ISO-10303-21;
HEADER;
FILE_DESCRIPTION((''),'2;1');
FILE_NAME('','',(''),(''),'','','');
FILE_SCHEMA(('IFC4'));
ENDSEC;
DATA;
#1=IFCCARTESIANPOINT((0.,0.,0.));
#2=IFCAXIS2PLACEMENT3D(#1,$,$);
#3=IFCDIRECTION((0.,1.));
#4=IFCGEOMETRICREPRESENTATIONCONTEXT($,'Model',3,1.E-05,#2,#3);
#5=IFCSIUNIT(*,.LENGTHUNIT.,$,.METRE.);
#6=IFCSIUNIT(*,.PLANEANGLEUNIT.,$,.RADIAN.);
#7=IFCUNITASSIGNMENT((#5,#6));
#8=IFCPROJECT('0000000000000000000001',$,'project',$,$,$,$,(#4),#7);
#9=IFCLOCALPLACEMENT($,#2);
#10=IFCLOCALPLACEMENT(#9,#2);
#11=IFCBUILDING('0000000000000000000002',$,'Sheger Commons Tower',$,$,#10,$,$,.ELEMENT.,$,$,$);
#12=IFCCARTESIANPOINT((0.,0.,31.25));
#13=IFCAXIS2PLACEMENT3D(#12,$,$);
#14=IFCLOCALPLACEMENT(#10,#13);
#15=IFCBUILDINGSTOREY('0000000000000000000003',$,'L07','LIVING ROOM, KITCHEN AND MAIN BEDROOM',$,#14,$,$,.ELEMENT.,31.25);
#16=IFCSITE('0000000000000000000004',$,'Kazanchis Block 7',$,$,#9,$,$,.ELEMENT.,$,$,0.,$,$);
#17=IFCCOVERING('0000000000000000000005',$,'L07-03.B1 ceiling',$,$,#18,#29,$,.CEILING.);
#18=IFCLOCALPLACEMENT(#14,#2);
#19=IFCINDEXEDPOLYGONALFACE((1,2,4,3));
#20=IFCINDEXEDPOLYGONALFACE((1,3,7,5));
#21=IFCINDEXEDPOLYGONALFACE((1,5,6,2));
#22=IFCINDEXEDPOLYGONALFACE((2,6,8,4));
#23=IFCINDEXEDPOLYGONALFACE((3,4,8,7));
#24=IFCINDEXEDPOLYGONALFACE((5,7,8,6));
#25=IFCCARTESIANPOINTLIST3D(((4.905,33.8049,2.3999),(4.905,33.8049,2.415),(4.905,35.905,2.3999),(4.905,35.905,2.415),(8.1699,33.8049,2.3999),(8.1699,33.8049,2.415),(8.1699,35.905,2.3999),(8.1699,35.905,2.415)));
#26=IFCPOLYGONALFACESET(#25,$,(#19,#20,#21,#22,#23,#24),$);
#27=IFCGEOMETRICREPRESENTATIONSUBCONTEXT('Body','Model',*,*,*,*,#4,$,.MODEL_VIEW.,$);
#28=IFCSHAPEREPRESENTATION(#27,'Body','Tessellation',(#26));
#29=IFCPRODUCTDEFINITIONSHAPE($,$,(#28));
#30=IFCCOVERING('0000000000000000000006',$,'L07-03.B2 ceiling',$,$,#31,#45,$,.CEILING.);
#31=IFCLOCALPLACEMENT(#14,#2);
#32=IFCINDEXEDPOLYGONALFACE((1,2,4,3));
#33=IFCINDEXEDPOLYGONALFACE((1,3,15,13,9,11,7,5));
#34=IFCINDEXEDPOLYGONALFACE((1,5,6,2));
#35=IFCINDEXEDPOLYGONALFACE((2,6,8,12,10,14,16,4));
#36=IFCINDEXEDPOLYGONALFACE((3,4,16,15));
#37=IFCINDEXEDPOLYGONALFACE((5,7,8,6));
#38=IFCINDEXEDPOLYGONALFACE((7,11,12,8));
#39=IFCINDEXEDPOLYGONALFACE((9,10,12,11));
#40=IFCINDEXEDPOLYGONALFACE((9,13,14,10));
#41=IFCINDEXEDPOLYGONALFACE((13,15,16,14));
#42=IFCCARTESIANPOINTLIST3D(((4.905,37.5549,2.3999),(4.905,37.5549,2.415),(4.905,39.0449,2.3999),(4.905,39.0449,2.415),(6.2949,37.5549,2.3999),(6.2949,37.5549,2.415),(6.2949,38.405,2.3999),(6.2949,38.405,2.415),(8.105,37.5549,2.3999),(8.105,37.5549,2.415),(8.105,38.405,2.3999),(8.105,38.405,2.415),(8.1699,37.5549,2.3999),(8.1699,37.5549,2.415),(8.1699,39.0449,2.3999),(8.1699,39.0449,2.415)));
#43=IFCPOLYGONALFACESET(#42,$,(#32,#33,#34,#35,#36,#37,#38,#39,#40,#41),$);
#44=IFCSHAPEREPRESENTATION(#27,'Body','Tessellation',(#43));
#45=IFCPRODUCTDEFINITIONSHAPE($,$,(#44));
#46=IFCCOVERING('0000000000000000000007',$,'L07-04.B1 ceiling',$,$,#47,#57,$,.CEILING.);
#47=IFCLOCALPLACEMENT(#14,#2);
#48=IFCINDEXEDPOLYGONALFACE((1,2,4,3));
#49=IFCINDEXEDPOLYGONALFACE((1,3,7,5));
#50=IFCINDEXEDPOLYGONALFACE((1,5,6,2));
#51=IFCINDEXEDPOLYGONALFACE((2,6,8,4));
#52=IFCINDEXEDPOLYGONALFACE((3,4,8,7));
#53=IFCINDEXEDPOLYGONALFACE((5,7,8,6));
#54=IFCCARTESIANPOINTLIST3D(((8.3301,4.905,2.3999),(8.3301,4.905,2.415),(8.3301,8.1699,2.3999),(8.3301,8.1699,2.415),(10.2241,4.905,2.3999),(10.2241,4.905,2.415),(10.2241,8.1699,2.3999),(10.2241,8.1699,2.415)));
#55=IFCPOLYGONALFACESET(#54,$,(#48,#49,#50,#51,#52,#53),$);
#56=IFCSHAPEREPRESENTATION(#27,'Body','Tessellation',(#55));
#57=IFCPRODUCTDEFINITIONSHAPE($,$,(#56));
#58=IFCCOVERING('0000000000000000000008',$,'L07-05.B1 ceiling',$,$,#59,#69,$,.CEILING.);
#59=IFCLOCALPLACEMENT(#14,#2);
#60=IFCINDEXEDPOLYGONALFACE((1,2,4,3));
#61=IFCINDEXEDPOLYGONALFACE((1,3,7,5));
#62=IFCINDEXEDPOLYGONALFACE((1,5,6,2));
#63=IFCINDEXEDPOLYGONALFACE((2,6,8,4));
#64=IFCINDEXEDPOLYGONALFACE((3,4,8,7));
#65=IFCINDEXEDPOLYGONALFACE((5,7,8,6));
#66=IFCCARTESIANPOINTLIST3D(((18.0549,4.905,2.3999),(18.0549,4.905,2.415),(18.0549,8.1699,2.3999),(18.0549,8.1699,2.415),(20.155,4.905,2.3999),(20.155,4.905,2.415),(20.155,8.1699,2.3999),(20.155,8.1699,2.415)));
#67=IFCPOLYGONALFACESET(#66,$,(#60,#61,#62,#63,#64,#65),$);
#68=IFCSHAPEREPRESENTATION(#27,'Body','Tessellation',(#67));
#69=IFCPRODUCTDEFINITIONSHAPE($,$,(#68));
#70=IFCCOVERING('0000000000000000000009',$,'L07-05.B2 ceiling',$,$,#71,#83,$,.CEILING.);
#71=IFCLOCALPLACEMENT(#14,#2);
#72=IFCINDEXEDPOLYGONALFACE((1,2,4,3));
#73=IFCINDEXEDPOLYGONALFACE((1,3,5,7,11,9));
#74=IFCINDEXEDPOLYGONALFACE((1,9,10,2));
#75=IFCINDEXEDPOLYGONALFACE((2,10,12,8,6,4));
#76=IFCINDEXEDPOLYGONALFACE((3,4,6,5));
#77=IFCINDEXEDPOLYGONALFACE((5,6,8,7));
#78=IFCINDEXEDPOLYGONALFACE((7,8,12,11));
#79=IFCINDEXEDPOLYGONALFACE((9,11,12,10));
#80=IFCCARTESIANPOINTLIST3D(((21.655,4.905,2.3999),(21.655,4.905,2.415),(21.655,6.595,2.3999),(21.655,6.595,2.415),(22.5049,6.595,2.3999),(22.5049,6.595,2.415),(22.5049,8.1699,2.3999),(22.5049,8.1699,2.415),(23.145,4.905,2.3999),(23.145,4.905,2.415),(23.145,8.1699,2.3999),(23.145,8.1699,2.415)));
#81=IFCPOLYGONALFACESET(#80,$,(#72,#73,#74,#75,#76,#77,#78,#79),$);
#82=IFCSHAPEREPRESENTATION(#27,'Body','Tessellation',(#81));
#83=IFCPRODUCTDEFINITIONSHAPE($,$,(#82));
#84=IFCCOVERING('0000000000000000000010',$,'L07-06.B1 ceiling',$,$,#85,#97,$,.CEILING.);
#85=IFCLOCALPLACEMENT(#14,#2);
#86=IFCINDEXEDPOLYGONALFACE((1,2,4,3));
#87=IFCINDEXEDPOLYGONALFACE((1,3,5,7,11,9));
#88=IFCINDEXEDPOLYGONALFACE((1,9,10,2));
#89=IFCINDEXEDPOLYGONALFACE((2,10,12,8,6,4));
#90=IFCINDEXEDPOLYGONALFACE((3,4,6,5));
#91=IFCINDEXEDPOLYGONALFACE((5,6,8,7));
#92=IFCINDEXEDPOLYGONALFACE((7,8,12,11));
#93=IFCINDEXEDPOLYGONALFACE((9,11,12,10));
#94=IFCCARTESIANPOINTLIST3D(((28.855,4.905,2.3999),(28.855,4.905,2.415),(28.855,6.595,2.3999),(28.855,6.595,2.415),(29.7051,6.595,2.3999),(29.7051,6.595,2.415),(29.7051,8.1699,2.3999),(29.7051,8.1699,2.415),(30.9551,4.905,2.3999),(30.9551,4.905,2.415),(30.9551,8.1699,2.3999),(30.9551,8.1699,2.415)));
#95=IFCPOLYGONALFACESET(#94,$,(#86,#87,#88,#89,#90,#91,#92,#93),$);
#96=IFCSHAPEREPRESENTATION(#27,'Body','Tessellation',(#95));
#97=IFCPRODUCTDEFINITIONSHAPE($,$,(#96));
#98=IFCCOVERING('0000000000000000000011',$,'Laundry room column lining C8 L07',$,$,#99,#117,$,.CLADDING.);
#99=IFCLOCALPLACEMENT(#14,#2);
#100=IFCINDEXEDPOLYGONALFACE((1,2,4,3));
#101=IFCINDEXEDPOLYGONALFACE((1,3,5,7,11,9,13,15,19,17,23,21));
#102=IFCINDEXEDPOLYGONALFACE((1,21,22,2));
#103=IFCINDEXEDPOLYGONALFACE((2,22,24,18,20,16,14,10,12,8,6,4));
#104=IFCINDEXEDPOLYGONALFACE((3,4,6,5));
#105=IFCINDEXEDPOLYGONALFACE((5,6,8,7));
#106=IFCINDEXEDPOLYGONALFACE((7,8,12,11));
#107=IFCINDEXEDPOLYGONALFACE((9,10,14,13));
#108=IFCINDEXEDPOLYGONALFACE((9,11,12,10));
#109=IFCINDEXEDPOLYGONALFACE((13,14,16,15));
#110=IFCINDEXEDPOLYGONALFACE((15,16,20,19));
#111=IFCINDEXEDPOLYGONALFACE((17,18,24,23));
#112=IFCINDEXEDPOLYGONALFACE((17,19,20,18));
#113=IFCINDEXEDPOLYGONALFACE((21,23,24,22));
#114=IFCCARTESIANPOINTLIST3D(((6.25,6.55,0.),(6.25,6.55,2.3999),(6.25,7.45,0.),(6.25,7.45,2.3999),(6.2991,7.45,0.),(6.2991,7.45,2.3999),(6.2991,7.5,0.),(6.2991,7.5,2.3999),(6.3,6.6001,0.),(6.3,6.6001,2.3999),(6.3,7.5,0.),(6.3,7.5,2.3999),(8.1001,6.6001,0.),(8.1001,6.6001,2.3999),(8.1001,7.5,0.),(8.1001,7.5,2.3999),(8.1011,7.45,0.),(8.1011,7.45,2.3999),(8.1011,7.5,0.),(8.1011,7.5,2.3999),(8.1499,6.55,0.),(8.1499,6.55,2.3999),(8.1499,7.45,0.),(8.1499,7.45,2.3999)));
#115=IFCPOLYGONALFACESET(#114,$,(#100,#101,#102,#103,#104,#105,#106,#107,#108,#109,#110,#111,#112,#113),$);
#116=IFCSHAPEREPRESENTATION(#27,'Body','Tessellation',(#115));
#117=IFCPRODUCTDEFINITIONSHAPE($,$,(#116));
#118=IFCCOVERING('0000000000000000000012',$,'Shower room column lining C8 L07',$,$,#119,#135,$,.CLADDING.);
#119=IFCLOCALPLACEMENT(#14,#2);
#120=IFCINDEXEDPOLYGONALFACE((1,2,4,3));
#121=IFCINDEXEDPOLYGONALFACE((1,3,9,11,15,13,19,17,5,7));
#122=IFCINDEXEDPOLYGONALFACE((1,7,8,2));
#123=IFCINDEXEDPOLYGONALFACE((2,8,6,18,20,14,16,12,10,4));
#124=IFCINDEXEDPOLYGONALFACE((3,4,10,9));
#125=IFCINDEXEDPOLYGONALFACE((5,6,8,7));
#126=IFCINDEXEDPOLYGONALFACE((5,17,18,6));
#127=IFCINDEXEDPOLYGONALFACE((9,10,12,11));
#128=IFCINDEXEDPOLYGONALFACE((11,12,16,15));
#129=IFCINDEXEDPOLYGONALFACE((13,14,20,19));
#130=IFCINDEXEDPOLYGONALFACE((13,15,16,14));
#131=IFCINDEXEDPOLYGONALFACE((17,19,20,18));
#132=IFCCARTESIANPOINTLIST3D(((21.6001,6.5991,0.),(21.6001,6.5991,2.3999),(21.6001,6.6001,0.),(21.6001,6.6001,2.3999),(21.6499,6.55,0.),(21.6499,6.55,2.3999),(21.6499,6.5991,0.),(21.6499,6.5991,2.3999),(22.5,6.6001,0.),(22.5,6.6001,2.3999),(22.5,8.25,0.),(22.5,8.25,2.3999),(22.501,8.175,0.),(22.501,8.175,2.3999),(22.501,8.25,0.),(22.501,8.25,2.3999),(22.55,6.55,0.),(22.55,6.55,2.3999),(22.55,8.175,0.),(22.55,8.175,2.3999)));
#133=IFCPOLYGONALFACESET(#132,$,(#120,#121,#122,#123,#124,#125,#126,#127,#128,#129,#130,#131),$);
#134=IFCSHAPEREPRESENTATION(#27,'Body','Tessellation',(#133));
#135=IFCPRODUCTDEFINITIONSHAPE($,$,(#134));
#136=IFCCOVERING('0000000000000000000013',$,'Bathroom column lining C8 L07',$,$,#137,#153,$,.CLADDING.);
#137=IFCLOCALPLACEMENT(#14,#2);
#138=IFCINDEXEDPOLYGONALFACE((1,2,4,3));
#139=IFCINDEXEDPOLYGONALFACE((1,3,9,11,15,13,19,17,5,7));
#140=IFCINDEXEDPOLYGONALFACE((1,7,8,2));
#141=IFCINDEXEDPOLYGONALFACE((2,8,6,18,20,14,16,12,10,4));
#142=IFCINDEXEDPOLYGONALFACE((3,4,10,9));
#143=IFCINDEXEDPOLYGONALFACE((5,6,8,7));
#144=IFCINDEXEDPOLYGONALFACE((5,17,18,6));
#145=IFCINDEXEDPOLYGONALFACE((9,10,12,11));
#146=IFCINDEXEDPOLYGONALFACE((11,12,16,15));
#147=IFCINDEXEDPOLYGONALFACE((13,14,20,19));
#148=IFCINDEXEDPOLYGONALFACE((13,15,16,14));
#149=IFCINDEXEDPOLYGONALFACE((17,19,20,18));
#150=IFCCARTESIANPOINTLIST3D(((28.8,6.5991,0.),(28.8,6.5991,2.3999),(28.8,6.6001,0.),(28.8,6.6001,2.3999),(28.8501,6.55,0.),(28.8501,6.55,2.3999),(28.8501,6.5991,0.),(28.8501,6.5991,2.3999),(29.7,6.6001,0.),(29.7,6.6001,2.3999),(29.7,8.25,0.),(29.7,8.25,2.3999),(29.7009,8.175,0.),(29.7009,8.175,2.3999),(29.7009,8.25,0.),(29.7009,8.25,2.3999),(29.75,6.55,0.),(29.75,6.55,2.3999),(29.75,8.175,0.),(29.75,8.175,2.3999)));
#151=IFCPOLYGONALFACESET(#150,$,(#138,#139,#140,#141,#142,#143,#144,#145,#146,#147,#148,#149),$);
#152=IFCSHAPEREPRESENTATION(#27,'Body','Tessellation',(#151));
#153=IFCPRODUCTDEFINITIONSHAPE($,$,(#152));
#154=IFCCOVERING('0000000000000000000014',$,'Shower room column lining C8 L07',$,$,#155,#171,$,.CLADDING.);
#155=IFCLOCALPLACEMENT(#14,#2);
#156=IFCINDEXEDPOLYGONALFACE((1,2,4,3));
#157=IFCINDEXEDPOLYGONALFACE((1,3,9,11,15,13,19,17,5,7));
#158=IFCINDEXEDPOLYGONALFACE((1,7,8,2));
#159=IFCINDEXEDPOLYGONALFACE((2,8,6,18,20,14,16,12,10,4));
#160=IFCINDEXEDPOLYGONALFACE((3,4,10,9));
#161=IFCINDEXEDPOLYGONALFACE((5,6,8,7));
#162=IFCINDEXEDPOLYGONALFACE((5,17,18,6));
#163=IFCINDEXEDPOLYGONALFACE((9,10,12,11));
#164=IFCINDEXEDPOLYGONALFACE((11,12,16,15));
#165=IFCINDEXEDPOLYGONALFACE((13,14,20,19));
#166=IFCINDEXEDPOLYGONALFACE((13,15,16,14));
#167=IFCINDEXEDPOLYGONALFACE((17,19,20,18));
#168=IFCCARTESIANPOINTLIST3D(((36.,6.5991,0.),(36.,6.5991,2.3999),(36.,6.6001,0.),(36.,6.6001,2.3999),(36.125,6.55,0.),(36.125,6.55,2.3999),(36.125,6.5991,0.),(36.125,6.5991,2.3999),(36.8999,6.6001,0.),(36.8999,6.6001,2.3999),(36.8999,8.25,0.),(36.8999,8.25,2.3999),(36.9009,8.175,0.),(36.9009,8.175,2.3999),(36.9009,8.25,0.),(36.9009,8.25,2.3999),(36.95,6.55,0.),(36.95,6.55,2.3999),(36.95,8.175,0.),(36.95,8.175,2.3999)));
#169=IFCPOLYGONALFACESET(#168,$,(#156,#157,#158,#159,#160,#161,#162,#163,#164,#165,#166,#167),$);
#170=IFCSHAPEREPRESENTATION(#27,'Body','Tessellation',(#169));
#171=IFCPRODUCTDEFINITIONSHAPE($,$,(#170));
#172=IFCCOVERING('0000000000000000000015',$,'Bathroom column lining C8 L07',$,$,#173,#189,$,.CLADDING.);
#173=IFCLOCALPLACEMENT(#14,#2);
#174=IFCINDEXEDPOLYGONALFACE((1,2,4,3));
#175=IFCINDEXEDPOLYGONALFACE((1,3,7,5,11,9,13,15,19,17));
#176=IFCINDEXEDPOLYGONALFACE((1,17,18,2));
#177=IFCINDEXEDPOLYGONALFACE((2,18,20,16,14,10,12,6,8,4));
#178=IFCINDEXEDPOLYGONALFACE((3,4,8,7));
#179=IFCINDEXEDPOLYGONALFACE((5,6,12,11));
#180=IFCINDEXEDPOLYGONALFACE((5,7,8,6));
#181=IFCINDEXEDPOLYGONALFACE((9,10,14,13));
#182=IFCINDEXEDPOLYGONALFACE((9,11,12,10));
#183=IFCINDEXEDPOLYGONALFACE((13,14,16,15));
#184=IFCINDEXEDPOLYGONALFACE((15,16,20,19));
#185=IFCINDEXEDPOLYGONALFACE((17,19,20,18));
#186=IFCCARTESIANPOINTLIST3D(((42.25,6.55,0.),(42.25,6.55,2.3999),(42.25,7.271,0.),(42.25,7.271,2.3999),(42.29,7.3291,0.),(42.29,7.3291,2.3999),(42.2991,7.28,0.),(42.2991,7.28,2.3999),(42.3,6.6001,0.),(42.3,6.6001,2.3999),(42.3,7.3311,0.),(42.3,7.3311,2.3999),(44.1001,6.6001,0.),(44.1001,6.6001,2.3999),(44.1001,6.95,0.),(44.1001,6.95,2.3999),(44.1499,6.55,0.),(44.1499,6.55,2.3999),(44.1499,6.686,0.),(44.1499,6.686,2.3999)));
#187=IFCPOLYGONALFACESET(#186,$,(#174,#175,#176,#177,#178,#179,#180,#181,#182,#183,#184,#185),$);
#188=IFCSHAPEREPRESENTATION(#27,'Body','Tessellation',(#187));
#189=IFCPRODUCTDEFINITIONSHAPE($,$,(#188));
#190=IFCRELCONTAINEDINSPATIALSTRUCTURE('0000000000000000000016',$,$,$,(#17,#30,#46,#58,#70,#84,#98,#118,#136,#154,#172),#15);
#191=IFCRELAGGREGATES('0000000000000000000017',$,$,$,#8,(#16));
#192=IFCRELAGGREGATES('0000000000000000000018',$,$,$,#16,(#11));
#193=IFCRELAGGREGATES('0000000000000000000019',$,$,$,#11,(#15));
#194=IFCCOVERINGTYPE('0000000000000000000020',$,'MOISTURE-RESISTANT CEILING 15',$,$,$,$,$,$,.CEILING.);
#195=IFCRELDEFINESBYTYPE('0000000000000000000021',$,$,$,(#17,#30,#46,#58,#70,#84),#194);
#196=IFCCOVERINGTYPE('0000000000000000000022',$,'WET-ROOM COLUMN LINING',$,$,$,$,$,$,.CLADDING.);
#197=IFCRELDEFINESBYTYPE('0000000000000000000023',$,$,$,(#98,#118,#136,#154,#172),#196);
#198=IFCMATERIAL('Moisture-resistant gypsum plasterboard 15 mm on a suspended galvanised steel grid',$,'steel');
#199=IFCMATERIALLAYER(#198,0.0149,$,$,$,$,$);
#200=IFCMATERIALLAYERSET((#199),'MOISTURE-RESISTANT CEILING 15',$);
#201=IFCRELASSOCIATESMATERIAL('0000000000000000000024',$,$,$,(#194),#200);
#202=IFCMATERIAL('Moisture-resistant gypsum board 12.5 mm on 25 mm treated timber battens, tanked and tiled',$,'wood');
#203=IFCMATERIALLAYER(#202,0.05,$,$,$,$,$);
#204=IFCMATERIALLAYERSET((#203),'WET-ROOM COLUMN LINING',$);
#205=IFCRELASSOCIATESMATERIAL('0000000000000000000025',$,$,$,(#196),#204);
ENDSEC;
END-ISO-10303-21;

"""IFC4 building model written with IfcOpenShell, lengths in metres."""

from ifc_helpers import new_model, si_unit, direction, frame, origin, place, context, subcontext, project, spatial, polyline, outline, extrude, material, layer, layer_set, type_object, element, save


model = new_model("IFC4")

# Units and contexts
model_context = context("Model", 3, precision=1e-05, world=origin(), true_north=direction((0.0, 1.0)))
body_context = subcontext(model_context, "Body", "Model", "MODEL_VIEW")
ifc_project = project(units=[si_unit("LENGTHUNIT", "METRE"), si_unit("PLANEANGLEUNIT", "RADIAN")], contexts=[model_context])

# Site, building, storey
site_placement = place(None, origin())
site = spatial("IfcSite", under=ifc_project, at=site_placement, Name="Kazanchis Block 7", CompositionType="ELEMENT", RefElevation=0.0)
building_placement = place(site_placement, origin())
building = spatial("IfcBuilding", under=site, at=building_placement, Name="Sheger Commons Tower", CompositionType="ELEMENT")
storey_placement = place(building_placement, frame((0.0, 0.0, 31.25)))
storey = spatial("IfcBuildingStorey", under=building, at=storey_placement, Name="L07", Description="LIVING ROOM, KITCHEN AND MAIN BEDROOM", CompositionType="ELEMENT", Elevation=31.25)

# Coverings
ifc_material_1 = material(Name="Moisture-resistant gypsum plasterboard 15 mm on a suspended galvanised steel grid", Category="steel")
ifc_layer_1 = layer(ifc_material_1, 0.0149)
ifc_layer_set_1 = layer_set([ifc_layer_1], Name="MOISTURE-RESISTANT CEILING 15")
covering_type_1 = type_object("IfcCoveringType", Name="MOISTURE-RESISTANT CEILING 15", PredefinedType="CEILING", material=ifc_layer_set_1)
covering_1_placement = place(storey_placement, frame((0.0, 0.0, 2.3999)))
element("IfcCovering", 1, at=covering_1_placement, inside=storey, type_object=covering_type_1, Name="L07-03.B1 ceiling", PredefinedType="CEILING", context=body_context, shape_type="SweptSolid", body=[
    extrude(outline(polyline([(4.905, 33.8049), (8.1699, 33.8049), (8.1699, 35.905), (4.905, 35.905), (4.905, 33.8049)])), origin(), (0.0, 0.0, 1.0), 0.0151),
])
covering_2_placement = place(storey_placement, frame((0.0, 0.0, 2.3999)))
element("IfcCovering", 2, at=covering_2_placement, inside=storey, type_object=covering_type_1, Name="L07-03.B2 ceiling", PredefinedType="CEILING", context=body_context, shape_type="SweptSolid", body=[
    extrude(outline(polyline([(4.905, 37.5549), (6.2949, 37.5549), (6.2949, 38.405), (8.105, 38.405), (8.105, 37.5549), (8.1699, 37.5549), (8.1699, 39.0449), (4.905, 39.0449), (4.905, 37.5549)])), origin(), (0.0, 0.0, 1.0), 0.0151),
])
covering_3_placement = place(storey_placement, frame((0.0, 0.0, 2.3999)))
element("IfcCovering", 3, at=covering_3_placement, inside=storey, type_object=covering_type_1, Name="L07-04.B1 ceiling", PredefinedType="CEILING", context=body_context, shape_type="SweptSolid", body=[
    extrude(outline(polyline([(8.3301, 4.905), (10.2241, 4.905), (10.2241, 8.1699), (8.3301, 8.1699), (8.3301, 4.905)])), origin(), (0.0, 0.0, 1.0), 0.0151),
])
covering_4_placement = place(storey_placement, frame((0.0, 0.0, 2.3999)))
element("IfcCovering", 4, at=covering_4_placement, inside=storey, type_object=covering_type_1, Name="L07-05.B1 ceiling", PredefinedType="CEILING", context=body_context, shape_type="SweptSolid", body=[
    extrude(outline(polyline([(18.0549, 4.905), (20.155, 4.905), (20.155, 8.1699), (18.0549, 8.1699), (18.0549, 4.905)])), origin(), (0.0, 0.0, 1.0), 0.0151),
])
covering_5_placement = place(storey_placement, frame((0.0, 0.0, 2.3999)))
element("IfcCovering", 5, at=covering_5_placement, inside=storey, type_object=covering_type_1, Name="L07-05.B2 ceiling", PredefinedType="CEILING", context=body_context, shape_type="SweptSolid", body=[
    extrude(outline(polyline([(21.655, 4.905), (23.145, 4.905), (23.145, 8.1699), (22.5049, 8.1699), (22.5049, 6.595), (21.655, 6.595), (21.655, 4.905)])), origin(), (0.0, 0.0, 1.0), 0.0151),
])
covering_6_placement = place(storey_placement, frame((0.0, 0.0, 2.3999)))
element("IfcCovering", 6, at=covering_6_placement, inside=storey, type_object=covering_type_1, Name="L07-06.B1 ceiling", PredefinedType="CEILING", context=body_context, shape_type="SweptSolid", body=[
    extrude(outline(polyline([(28.855, 4.905), (30.9551, 4.905), (30.9551, 8.1699), (29.7051, 8.1699), (29.7051, 6.595), (28.855, 6.595), (28.855, 4.905)])), origin(), (0.0, 0.0, 1.0), 0.0151),
])
ifc_material_2 = material(Name="Moisture-resistant gypsum board 12.5 mm on 25 mm treated timber battens, tanked and tiled", Category="wood")
ifc_layer_2 = layer(ifc_material_2, 0.05)
ifc_layer_set_2 = layer_set([ifc_layer_2], Name="WET-ROOM COLUMN LINING")
covering_type_2 = type_object("IfcCoveringType", Name="WET-ROOM COLUMN LINING", PredefinedType="CLADDING", material=ifc_layer_set_2)
covering_7_placement = place(storey_placement, origin())
element("IfcCovering", 7, at=covering_7_placement, inside=storey, type_object=covering_type_2, Name="Laundry room column lining C8 L07", PredefinedType="CLADDING", context=body_context, shape_type="SweptSolid", body=[
    extrude(outline(polyline([(6.3, 7.5), (6.3, 6.6001), (8.1001, 6.6001), (8.1001, 7.5), (8.1011, 7.5), (8.1011, 7.45), (8.1499, 7.45), (8.1499, 6.55), (6.25, 6.55), (6.25, 7.45), (6.2991, 7.45), (6.2991, 7.5), (6.3, 7.5)])), origin(), (0.0, 0.0, 1.0), 2.3999),
])
covering_8_placement = place(storey_placement, origin())
element("IfcCovering", 8, at=covering_8_placement, inside=storey, type_object=covering_type_2, Name="Shower room column lining C8 L07", PredefinedType="CLADDING", context=body_context, shape_type="SweptSolid", body=[
    extrude(outline(polyline([(21.6499, 6.55), (21.6499, 6.5991), (21.6001, 6.5991), (21.6001, 6.6001), (22.5, 6.6001), (22.5, 8.25), (22.501, 8.25), (22.501, 8.175), (22.55, 8.175), (22.55, 6.55), (21.6499, 6.55)])), origin(), (0.0, 0.0, 1.0), 2.3999),
])
covering_9_placement = place(storey_placement, origin())
element("IfcCovering", 9, at=covering_9_placement, inside=storey, type_object=covering_type_2, Name="Bathroom column lining C8 L07", PredefinedType="CLADDING", context=body_context, shape_type="SweptSolid", body=[
    extrude(outline(polyline([(28.8501, 6.55), (28.8501, 6.5991), (28.8, 6.5991), (28.8, 6.6001), (29.7, 6.6001), (29.7, 8.25), (29.7009, 8.25), (29.7009, 8.175), (29.75, 8.175), (29.75, 6.55), (28.8501, 6.55)])), origin(), (0.0, 0.0, 1.0), 2.3999),
])
covering_10_placement = place(storey_placement, origin())
element("IfcCovering", 10, at=covering_10_placement, inside=storey, type_object=covering_type_2, Name="Shower room column lining C8 L07", PredefinedType="CLADDING", context=body_context, shape_type="SweptSolid", body=[
    extrude(outline(polyline([(36.125, 6.55), (36.125, 6.5991), (36.0, 6.5991), (36.0, 6.6001), (36.8999, 6.6001), (36.8999, 8.25), (36.9009, 8.25), (36.9009, 8.175), (36.95, 8.175), (36.95, 6.55), (36.125, 6.55)])), origin(), (0.0, 0.0, 1.0), 2.3999),
])
covering_11_placement = place(storey_placement, origin())
element("IfcCovering", 11, at=covering_11_placement, inside=storey, type_object=covering_type_2, Name="Bathroom column lining C8 L07", PredefinedType="CLADDING", context=body_context, shape_type="SweptSolid", body=[
    extrude(outline(polyline([(42.3, 7.3311), (42.3, 6.6001), (44.1001, 6.6001), (44.1001, 6.95), (44.1499, 6.686), (44.1499, 6.55), (42.25, 6.55), (42.25, 7.271), (42.2991, 7.28), (42.29, 7.3291), (42.3, 7.3311)])), origin(), (0.0, 0.0, 1.0), 2.3999),
])

save(model, "model.ifc")
